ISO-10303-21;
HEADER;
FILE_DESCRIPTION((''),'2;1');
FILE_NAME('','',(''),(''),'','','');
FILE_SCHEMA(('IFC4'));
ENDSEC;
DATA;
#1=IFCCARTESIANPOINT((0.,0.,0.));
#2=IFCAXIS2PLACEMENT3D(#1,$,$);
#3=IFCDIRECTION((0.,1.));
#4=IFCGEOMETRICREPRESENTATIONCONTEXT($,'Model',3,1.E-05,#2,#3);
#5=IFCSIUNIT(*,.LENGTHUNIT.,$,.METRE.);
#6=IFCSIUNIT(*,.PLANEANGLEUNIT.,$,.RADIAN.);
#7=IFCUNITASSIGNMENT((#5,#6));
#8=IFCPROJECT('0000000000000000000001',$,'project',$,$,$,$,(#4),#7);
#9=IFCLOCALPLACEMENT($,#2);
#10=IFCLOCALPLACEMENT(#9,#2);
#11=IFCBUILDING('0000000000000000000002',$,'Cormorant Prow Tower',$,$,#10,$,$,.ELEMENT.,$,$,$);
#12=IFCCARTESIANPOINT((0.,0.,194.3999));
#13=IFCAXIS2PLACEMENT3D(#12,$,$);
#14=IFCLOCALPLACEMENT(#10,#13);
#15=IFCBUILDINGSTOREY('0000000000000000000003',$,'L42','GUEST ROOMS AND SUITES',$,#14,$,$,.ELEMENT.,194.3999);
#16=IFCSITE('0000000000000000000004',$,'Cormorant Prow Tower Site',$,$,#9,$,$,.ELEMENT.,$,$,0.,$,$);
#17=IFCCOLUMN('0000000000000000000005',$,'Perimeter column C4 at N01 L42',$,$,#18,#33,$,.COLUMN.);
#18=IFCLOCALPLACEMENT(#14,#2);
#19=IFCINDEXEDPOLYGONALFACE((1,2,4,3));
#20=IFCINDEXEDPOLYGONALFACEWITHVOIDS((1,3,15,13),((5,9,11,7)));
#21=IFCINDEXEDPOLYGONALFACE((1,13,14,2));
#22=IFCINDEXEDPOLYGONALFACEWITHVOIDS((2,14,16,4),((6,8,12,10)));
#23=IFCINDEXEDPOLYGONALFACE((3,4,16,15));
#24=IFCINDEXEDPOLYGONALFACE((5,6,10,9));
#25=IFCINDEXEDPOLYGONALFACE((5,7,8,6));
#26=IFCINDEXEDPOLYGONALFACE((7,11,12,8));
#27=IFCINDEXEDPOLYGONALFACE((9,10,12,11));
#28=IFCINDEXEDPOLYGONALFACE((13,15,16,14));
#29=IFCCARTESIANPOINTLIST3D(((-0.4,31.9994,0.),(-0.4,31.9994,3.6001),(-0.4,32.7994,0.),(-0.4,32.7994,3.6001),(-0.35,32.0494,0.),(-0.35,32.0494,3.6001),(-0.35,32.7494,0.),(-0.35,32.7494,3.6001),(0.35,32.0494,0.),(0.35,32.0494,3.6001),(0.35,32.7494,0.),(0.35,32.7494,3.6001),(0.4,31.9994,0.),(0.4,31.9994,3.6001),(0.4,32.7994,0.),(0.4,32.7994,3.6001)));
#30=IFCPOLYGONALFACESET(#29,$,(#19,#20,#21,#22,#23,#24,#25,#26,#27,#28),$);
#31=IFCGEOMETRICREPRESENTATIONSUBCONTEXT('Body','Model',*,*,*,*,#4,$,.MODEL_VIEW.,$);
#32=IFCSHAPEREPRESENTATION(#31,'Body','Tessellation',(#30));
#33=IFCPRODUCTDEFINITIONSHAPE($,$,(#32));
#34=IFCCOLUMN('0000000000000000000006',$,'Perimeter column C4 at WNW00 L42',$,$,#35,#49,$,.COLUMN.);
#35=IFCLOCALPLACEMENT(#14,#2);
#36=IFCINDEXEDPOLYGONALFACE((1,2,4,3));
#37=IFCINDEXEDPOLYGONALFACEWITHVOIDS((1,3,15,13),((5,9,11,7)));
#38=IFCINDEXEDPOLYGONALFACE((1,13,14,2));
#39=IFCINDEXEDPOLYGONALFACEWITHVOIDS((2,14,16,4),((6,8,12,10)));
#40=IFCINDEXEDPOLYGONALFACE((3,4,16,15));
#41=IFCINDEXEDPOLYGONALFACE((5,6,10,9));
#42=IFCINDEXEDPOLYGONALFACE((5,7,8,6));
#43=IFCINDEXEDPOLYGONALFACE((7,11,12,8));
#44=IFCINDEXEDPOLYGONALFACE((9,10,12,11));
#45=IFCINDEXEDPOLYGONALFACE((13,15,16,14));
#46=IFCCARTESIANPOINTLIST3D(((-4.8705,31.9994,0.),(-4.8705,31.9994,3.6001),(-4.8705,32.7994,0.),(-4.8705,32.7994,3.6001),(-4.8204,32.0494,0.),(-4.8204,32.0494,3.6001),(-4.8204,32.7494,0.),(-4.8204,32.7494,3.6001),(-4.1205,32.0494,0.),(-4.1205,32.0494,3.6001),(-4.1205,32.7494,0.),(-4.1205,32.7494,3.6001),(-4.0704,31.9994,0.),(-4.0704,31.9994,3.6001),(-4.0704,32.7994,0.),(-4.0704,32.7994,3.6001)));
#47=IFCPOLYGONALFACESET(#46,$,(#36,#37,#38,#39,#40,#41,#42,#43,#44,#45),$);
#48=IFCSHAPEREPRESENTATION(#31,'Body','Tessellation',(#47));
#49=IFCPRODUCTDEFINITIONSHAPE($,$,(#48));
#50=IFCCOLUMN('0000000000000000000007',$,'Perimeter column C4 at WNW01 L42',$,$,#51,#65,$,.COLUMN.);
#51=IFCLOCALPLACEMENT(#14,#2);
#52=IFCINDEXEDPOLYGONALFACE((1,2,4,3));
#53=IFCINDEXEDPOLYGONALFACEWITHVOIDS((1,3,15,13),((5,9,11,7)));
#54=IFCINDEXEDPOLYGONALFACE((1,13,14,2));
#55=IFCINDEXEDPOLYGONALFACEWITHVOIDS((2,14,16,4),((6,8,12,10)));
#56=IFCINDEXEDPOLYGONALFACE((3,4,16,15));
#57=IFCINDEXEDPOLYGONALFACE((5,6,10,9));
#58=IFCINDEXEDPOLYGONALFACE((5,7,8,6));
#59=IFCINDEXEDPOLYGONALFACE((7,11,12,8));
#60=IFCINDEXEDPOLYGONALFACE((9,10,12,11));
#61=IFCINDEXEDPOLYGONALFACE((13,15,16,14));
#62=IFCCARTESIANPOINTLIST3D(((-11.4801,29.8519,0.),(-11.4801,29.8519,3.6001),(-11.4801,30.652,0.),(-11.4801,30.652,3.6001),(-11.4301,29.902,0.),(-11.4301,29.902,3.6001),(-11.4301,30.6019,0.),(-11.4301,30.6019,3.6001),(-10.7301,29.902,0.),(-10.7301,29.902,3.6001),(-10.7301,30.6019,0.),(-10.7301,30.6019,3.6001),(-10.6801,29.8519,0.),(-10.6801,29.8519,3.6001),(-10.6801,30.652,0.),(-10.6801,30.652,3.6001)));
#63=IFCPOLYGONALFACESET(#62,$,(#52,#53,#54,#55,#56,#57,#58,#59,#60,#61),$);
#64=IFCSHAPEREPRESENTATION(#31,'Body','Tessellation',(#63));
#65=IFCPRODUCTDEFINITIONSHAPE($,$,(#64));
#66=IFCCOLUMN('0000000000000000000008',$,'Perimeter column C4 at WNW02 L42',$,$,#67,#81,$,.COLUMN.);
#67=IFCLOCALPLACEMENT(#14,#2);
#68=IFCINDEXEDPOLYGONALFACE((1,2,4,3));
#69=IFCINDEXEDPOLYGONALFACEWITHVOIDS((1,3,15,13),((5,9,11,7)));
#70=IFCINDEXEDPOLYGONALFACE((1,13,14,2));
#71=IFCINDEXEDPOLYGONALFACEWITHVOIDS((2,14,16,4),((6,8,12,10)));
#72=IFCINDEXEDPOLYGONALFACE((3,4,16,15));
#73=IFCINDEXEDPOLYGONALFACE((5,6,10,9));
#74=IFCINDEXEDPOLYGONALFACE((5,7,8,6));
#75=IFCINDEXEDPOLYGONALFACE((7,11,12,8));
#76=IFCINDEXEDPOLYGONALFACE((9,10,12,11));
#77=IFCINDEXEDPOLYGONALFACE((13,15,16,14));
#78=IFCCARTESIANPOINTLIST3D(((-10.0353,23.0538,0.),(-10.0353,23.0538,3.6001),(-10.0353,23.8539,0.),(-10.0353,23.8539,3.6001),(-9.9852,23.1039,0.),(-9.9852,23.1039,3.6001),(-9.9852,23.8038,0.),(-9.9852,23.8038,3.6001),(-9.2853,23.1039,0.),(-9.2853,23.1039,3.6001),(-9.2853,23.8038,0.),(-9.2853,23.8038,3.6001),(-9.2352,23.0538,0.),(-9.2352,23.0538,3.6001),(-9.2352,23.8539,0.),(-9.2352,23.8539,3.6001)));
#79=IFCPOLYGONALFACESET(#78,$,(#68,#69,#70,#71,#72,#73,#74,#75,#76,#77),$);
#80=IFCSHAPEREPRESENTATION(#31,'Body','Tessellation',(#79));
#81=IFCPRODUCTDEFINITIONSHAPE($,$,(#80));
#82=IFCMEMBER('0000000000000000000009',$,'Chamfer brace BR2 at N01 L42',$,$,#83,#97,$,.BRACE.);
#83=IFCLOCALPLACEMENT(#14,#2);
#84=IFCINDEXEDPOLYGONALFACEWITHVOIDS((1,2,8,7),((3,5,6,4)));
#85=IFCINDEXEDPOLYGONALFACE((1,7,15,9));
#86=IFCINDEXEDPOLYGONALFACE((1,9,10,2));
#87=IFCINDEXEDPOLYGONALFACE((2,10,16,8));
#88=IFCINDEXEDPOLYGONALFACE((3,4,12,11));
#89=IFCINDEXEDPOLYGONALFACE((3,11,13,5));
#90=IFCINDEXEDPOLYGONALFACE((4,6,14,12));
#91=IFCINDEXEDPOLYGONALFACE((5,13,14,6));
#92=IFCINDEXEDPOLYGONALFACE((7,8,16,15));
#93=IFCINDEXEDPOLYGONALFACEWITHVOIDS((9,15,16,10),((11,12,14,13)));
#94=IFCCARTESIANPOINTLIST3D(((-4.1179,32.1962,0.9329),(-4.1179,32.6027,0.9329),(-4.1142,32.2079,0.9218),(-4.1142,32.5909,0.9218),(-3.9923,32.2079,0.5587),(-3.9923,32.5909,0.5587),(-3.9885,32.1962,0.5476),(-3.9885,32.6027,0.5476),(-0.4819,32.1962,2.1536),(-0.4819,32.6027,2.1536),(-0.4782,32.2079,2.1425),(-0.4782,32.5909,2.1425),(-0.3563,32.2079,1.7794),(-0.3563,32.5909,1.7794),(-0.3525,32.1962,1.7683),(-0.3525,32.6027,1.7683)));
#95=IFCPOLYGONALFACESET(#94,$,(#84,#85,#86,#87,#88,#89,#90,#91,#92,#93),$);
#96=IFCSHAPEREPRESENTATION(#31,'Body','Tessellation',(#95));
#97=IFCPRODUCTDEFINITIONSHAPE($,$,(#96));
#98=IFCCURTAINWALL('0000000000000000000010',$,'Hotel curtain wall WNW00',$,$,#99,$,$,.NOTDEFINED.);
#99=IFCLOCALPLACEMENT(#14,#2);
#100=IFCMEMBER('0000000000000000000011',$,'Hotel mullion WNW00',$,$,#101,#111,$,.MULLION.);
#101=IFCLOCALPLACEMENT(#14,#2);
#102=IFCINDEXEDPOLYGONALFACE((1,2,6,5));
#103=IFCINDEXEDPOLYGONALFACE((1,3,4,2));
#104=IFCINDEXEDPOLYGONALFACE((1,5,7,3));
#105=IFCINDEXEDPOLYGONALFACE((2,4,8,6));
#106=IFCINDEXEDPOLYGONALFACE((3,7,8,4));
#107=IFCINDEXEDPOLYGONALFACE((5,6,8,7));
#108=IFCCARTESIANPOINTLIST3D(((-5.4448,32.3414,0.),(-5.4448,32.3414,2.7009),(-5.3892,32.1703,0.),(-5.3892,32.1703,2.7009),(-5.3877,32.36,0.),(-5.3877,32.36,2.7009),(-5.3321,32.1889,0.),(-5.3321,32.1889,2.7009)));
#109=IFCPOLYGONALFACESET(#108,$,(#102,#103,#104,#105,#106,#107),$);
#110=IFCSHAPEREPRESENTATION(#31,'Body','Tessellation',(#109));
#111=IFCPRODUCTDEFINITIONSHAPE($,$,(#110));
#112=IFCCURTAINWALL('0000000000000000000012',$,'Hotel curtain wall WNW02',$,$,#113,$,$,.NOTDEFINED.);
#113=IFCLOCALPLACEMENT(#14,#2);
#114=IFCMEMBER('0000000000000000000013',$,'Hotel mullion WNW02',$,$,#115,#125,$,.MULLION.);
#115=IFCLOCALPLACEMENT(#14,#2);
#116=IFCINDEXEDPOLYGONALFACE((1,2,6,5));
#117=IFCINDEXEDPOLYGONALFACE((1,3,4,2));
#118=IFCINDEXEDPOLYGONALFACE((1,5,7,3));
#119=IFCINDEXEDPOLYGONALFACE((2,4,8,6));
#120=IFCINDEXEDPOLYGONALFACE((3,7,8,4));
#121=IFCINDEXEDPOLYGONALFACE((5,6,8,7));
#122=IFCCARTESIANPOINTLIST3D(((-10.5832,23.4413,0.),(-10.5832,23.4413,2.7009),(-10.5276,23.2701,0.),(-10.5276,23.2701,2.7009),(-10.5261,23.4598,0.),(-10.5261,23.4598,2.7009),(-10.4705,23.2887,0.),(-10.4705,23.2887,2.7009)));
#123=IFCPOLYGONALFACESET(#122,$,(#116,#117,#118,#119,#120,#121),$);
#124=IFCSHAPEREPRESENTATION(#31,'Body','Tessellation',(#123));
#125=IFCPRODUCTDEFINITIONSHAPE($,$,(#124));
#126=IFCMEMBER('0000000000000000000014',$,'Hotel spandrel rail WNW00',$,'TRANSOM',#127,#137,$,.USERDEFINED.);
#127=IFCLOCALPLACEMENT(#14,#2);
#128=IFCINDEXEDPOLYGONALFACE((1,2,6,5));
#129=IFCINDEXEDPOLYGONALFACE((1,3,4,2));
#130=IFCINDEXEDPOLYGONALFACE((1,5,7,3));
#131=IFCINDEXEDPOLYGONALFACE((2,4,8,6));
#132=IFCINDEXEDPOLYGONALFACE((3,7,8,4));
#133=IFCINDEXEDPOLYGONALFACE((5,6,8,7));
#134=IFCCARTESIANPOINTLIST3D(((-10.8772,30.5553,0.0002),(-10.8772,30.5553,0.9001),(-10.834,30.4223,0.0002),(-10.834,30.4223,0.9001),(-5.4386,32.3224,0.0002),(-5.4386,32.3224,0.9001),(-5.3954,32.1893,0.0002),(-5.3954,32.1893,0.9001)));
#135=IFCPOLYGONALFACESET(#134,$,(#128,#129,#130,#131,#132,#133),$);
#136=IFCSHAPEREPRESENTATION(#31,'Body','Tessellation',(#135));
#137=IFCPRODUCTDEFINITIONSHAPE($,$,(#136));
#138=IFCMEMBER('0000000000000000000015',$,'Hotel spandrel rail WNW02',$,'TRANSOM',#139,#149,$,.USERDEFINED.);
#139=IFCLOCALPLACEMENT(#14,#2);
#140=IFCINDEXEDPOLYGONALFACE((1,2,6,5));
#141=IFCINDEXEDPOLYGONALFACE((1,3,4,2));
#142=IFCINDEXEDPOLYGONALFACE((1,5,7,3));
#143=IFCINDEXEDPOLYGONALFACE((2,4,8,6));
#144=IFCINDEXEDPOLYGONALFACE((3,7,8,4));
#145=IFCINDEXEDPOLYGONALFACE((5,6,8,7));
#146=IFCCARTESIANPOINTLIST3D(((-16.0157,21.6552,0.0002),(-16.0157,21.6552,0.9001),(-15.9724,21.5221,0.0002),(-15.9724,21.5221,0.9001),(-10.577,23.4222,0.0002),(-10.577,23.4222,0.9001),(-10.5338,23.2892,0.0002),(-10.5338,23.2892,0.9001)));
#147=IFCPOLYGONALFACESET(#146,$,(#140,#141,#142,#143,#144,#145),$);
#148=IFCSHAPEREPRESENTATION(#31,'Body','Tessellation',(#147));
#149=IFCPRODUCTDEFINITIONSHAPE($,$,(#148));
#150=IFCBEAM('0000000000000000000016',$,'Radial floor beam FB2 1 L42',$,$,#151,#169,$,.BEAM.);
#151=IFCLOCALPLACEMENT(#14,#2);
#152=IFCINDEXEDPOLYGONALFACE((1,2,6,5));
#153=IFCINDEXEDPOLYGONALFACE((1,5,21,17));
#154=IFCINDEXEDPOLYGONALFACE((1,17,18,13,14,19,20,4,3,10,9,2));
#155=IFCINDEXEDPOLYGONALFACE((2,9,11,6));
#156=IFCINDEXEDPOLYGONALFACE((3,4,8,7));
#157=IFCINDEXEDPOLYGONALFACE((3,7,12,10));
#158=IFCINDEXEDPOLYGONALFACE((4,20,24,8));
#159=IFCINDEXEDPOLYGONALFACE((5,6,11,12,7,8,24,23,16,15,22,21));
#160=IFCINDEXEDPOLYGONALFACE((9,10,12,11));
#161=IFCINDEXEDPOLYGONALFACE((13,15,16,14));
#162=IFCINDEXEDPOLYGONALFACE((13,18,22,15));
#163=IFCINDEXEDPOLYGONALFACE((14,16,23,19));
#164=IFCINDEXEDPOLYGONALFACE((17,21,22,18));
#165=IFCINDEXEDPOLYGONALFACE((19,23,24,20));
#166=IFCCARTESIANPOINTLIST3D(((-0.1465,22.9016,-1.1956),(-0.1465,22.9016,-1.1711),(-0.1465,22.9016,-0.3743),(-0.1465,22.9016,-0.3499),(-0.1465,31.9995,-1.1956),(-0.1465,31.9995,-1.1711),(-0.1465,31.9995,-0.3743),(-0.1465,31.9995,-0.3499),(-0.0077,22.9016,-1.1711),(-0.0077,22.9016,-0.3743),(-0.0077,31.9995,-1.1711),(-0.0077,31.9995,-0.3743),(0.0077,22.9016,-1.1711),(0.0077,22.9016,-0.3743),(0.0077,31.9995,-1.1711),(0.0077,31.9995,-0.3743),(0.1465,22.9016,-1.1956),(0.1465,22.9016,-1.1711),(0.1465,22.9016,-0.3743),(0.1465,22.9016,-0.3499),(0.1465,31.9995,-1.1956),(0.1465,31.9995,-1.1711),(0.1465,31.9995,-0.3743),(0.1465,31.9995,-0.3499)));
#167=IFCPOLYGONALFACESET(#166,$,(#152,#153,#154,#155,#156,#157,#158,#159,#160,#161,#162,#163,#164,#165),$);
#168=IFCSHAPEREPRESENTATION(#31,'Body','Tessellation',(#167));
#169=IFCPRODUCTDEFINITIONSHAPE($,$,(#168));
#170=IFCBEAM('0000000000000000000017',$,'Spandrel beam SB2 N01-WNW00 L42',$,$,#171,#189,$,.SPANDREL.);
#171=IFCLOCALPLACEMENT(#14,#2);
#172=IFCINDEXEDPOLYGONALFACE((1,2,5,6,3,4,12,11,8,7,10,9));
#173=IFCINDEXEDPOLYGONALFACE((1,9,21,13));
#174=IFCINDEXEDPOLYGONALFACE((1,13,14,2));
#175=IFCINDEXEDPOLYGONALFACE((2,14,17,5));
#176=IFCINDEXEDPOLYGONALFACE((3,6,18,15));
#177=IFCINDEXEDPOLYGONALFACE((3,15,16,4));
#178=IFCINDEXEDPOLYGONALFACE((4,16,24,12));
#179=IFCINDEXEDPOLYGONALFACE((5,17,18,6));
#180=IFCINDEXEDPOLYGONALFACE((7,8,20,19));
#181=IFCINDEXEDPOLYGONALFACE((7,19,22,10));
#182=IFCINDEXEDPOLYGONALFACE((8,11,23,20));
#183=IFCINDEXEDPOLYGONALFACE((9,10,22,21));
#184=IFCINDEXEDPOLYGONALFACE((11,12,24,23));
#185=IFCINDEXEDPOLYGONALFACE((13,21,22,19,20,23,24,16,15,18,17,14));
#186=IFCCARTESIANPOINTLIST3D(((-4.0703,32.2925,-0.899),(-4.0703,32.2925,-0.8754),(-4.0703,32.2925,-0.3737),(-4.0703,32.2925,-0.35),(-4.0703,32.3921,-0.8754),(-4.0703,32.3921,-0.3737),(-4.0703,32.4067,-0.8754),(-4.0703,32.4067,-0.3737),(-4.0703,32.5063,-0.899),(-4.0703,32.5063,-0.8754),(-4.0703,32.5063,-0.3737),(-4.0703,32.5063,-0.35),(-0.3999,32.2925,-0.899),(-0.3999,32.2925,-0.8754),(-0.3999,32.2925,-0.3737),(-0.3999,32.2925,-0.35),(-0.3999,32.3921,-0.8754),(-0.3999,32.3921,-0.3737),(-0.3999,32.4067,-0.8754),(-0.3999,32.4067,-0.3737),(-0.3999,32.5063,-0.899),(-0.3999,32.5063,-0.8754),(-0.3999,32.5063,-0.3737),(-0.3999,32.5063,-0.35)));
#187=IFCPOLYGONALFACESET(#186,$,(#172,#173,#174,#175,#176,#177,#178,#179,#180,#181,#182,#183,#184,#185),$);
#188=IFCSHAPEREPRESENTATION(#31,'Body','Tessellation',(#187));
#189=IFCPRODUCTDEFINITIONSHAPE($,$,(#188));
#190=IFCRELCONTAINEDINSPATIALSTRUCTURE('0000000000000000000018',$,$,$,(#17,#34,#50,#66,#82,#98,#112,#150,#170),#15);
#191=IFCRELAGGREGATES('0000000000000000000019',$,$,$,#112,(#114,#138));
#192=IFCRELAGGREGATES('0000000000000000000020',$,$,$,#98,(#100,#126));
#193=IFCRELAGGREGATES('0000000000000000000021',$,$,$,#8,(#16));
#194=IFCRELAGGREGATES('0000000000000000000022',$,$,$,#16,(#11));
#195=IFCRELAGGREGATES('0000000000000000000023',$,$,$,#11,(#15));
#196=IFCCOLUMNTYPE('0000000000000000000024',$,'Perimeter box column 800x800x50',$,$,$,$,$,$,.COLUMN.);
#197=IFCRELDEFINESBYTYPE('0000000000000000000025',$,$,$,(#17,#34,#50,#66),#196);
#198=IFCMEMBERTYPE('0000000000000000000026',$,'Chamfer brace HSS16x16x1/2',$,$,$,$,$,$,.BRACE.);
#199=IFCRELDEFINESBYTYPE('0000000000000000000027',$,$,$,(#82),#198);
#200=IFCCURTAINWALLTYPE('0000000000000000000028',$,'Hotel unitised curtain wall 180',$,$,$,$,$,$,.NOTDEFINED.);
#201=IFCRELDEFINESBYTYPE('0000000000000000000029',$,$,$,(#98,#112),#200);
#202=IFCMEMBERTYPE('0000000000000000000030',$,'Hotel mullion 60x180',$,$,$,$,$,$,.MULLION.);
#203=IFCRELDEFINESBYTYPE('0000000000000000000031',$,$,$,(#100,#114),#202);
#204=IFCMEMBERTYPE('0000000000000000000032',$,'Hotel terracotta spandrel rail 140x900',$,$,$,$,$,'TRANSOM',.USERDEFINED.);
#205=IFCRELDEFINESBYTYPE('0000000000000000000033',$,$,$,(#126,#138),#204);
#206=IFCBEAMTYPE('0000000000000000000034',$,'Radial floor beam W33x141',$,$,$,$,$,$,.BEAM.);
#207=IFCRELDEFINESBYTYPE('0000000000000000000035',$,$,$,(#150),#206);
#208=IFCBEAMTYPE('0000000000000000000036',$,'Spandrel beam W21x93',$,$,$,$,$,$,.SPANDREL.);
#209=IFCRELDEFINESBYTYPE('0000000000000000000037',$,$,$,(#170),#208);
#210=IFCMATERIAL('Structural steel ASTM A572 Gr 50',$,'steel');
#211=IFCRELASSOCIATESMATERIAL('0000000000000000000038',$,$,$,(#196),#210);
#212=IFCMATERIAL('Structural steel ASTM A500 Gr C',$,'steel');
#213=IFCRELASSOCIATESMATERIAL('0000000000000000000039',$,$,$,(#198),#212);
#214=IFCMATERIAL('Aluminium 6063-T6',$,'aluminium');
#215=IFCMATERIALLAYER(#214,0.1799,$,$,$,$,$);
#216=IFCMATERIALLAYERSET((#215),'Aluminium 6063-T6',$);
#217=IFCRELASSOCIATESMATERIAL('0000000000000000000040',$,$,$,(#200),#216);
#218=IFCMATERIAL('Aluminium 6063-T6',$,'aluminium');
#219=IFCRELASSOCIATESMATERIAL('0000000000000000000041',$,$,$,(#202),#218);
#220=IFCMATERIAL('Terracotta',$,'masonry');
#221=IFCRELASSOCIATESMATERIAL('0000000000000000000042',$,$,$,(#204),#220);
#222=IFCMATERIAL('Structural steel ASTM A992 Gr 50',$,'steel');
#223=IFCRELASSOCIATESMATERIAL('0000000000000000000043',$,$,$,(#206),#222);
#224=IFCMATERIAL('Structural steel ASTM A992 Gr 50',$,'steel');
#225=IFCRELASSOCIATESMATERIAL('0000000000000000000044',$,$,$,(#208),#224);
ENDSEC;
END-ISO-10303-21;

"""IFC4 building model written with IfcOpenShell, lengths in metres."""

from ifc_helpers import new_model, si_unit, direction, frame, origin, origin_2d, place, context, subcontext, project, spatial, rectangle, hollow_rectangle, i_section, extrude, material, layer, layer_set, material_profile, profile_set, type_object, element, aggregate, save


model = new_model("IFC4")

# Units and contexts
model_context = context("Model", 3, precision=1e-05, world=origin(), true_north=direction((0.0, 1.0)))
body_context = subcontext(model_context, "Body", "Model", "MODEL_VIEW")
ifc_project = project(units=[si_unit("LENGTHUNIT", "METRE"), si_unit("PLANEANGLEUNIT", "RADIAN")], contexts=[model_context])

# Site, building, storey
site_placement = place(None, origin())
site = spatial("IfcSite", under=ifc_project, at=site_placement, Name="Cormorant Prow Tower Site", CompositionType="ELEMENT", RefElevation=0.0)
building_placement = place(site_placement, origin())
building = spatial("IfcBuilding", under=site, at=building_placement, Name="Cormorant Prow Tower", CompositionType="ELEMENT")
storey_placement = place(building_placement, frame((0.0, 0.0, 194.3999)))
storey = spatial("IfcBuildingStorey", under=building, at=storey_placement, Name="L42", Description="GUEST ROOMS AND SUITES", CompositionType="ELEMENT", Elevation=194.3999)

# Columns
ifc_material_1 = material(Name="Structural steel ASTM A572 Gr 50", Category="steel")
ifc_material_profile_1 = material_profile(ifc_material_1, hollow_rectangle(XDim=0.8, YDim=0.8, WallThickness=0.05, at=origin_2d()), Name="Box 800x800x50")
ifc_profile_set_1 = profile_set([ifc_material_profile_1], Name="Structural steel ASTM A572 Gr 50")
column_type = type_object("IfcColumnType", Name="Perimeter box column 800x800x50", PredefinedType="COLUMN", material=ifc_profile_set_1)
for number, where, z_axis, x_axis, name in (
    (1, (0.0, 32.3994, 0.0), (0.0, 0.0, 1.0), (1.0, 0.0, 0.0), "Perimeter column C4 at N01 L42"),
    (2, (-4.4705, 32.3994, 0.0), (0.0, 0.0, 1.0), (1.0, 0.0, 0.0), "Perimeter column C4 at WNW00 L42"),
    (3, (-11.0801, 30.252, 0.0), (0.0, 0.0, 1.0), (1.0, 0.0, 0.0), "Perimeter column C4 at WNW01 L42"),
    (4, (-9.6353, 23.4539, 0.0), (0.0, 0.0, 1.0), (1.0, 0.0, 0.0), "Perimeter column C4 at WNW02 L42"),
):
    element("IfcColumn", number, at=place(storey_placement, frame(where, z_axis=z_axis, x_axis=x_axis)), inside=storey, type_object=column_type, Name=name, PredefinedType="COLUMN", context=body_context, shape_type="SweptSolid", body=[
        extrude(hollow_rectangle(XDim=0.8, YDim=0.8, WallThickness=0.05, at=origin_2d()), origin(), (0.0, 0.0, 1.0), 3.6001),
    ])

# Member
ifc_material_2 = material(Name="Structural steel ASTM A500 Gr C", Category="steel")
ifc_material_profile_2 = material_profile(ifc_material_2, hollow_rectangle(XDim=0.4065, YDim=0.4065, WallThickness=0.0117, at=origin_2d()), Name="HSS16x16x1/2")
ifc_profile_set_2 = profile_set([ifc_material_profile_2], Name="Structural steel ASTM A500 Gr C")
member_type_1 = type_object("IfcMemberType", Name="Chamfer brace HSS16x16x1/2", PredefinedType="BRACE", material=ifc_profile_set_2)
member_1_placement = place(storey_placement, frame((-4.0532, 32.3994, 0.7402), z_axis=(0.948, 0.0, 0.31827), x_axis=(0.0, 1.0, 0.0)))
element("IfcMember", 5, at=member_1_placement, inside=storey, type_object=member_type_1, Name="Chamfer brace BR2 at N01 L42", PredefinedType="BRACE", context=body_context, shape_type="SweptSolid", body=[
    extrude(hollow_rectangle(XDim=0.4065, YDim=0.4065, WallThickness=0.0117, at=origin_2d()), origin(), (0.0, 0.0, 1.0), 3.8354),
])

# Curtain walls, members
ifc_material_3 = material(Name="Aluminium 6063-T6", Category="aluminium")
ifc_layer_1 = layer(ifc_material_3, 0.1799)
ifc_layer_set_1 = layer_set([ifc_layer_1], Name="Aluminium 6063-T6")
curtain_wall_type = type_object("IfcCurtainWallType", Name="Hotel unitised curtain wall 180", PredefinedType="NOTDEFINED", material=ifc_layer_set_1)
curtain_wall_1_placement = place(storey_placement, origin())
curtain_wall_1 = element("IfcCurtainWall", 6, at=curtain_wall_1_placement, inside=storey, type_object=curtain_wall_type, Name="Hotel curtain wall WNW00", PredefinedType="NOTDEFINED")
ifc_material_4 = material(Name="Aluminium 6063-T6", Category="aluminium")
ifc_material_profile_3 = material_profile(ifc_material_4, rectangle(XDim=0.1799, YDim=0.0601, at=origin_2d()), Name="Hotel mullion 60x180")
ifc_profile_set_3 = profile_set([ifc_material_profile_3], Name="Aluminium 6063-T6")
member_type_2 = type_object("IfcMemberType", Name="Hotel mullion 60x180", PredefinedType="MULLION", material=ifc_profile_set_3)
member_2_placement = place(storey_placement, frame((-5.3884, 32.2651, 0.0), z_axis=(0.0, 0.0, 1.0), x_axis=(0.309017, -0.951057, 0.0)))
member_2 = element("IfcMember", 7, at=member_2_placement, type_object=member_type_2, Name="Hotel mullion WNW00", PredefinedType="MULLION", context=body_context, shape_type="SweptSolid", body=[
    extrude(rectangle(XDim=0.1799, YDim=0.0601, at=origin_2d()), origin(), (0.0, 0.0, 1.0), 2.7009),
])
curtain_wall_2_placement = place(storey_placement, origin())
curtain_wall_2 = element("IfcCurtainWall", 8, at=curtain_wall_2_placement, inside=storey, type_object=curtain_wall_type, Name="Hotel curtain wall WNW02", PredefinedType="NOTDEFINED")
member_3_placement = place(storey_placement, frame((-10.5269, 23.365, 0.0), z_axis=(0.0, 0.0, 1.0), x_axis=(0.309017, -0.951056, 0.0)))
member_3 = element("IfcMember", 9, at=member_3_placement, type_object=member_type_2, Name="Hotel mullion WNW02", PredefinedType="MULLION", context=body_context, shape_type="SweptSolid", body=[
    extrude(rectangle(XDim=0.1799, YDim=0.0601, at=origin_2d()), origin(), (0.0, 0.0, 1.0), 2.7009),
])

# Members
ifc_material_5 = material(Name="Terracotta", Category="masonry")
ifc_material_profile_4 = material_profile(ifc_material_5, rectangle(XDim=0.1399, YDim=0.8999, at=origin_2d()), Name="Hotel terracotta spandrel rail 140x900")
ifc_profile_set_4 = profile_set([ifc_material_profile_4], Name="Terracotta")
member_type_3 = type_object("IfcMemberType", Name="Hotel terracotta spandrel rail 140x900", ElementType="TRANSOM", PredefinedType="USERDEFINED", material=ifc_profile_set_4)
member_4_placement = place(storey_placement, frame((-5.417, 32.2559, 0.4502), z_axis=(-0.951059, -0.309008, 0.0), x_axis=(0.309008, -0.951059, 0.0)))
member_4 = element("IfcMember", 10, at=member_4_placement, type_object=member_type_3, Name="Hotel spandrel rail WNW00", ObjectType="TRANSOM", PredefinedType="USERDEFINED", context=body_context, shape_type="SweptSolid", body=[
    extrude(rectangle(XDim=0.1399, YDim=0.8999, at=origin_2d()), origin(), (0.0, 0.0, 1.0), 5.7185),
])
member_5_placement = place(storey_placement, frame((-10.5554, 23.3557, 0.4502), z_axis=(-0.951059, -0.309008, 0.0), x_axis=(0.309008, -0.951059, 0.0)))
member_5 = element("IfcMember", 11, at=member_5_placement, type_object=member_type_3, Name="Hotel spandrel rail WNW02", ObjectType="TRANSOM", PredefinedType="USERDEFINED", context=body_context, shape_type="SweptSolid", body=[
    extrude(rectangle(XDim=0.1399, YDim=0.8999, at=origin_2d()), origin(), (0.0, 0.0, 1.0), 5.7185),
])
aggregate(curtain_wall_2, [member_3, member_5])

# Beams
ifc_material_6 = material(Name="Structural steel ASTM A992 Gr 50", Category="steel")
ifc_material_profile_5 = material_profile(ifc_material_6, i_section(OverallWidth=0.293, OverallDepth=0.8457, WebThickness=0.0154, FlangeThickness=0.0244, at=origin_2d()), Name="W33x141")
ifc_profile_set_5 = profile_set([ifc_material_profile_5], Name="Structural steel ASTM A992 Gr 50")
beam_type_1 = type_object("IfcBeamType", Name="Radial floor beam W33x141", PredefinedType="BEAM", material=ifc_profile_set_5)
beam_1_placement = place(storey_placement, frame((0.0, 22.9016, -0.7727), z_axis=(0.0, 1.0, 0.0), x_axis=(-1.0, 0.0, 0.0)))
element("IfcBeam", 12, at=beam_1_placement, inside=storey, type_object=beam_type_1, Name="Radial floor beam FB2 1 L42", PredefinedType="BEAM", context=body_context, shape_type="SweptSolid", body=[
    extrude(i_section(OverallWidth=0.293, OverallDepth=0.8457, WebThickness=0.0154, FlangeThickness=0.0244, at=origin_2d()), origin(), (0.0, 0.0, 1.0), 9.0979),
])
ifc_material_7 = material(Name="Structural steel ASTM A992 Gr 50", Category="steel")
ifc_material_profile_6 = material_profile(ifc_material_7, i_section(OverallWidth=0.2139, OverallDepth=0.5491, WebThickness=0.0146, FlangeThickness=0.0237, at=origin_2d()), Name="W21x93")
ifc_profile_set_6 = profile_set([ifc_material_profile_6], Name="Structural steel ASTM A992 Gr 50")
beam_type_2 = type_object("IfcBeamType", Name="Spandrel beam W21x93", PredefinedType="SPANDREL", material=ifc_profile_set_6)
beam_2_placement = place(storey_placement, frame((-0.3999, 32.3994, -0.6245), z_axis=(-1.0, 0.0, 0.0), x_axis=(0.0, -1.0, 0.0)))
element("IfcBeam", 13, at=beam_2_placement, inside=storey, type_object=beam_type_2, Name="Spandrel beam SB2 N01-WNW00 L42", PredefinedType="SPANDREL", context=body_context, shape_type="SweptSolid", body=[
    extrude(i_section(OverallWidth=0.2139, OverallDepth=0.5491, WebThickness=0.0146, FlangeThickness=0.0237, at=origin_2d()), origin(), (0.0, 0.0, 1.0), 3.6704),
])

aggregate(curtain_wall_1, [member_2, member_4])

save(model, "model.ifc")
